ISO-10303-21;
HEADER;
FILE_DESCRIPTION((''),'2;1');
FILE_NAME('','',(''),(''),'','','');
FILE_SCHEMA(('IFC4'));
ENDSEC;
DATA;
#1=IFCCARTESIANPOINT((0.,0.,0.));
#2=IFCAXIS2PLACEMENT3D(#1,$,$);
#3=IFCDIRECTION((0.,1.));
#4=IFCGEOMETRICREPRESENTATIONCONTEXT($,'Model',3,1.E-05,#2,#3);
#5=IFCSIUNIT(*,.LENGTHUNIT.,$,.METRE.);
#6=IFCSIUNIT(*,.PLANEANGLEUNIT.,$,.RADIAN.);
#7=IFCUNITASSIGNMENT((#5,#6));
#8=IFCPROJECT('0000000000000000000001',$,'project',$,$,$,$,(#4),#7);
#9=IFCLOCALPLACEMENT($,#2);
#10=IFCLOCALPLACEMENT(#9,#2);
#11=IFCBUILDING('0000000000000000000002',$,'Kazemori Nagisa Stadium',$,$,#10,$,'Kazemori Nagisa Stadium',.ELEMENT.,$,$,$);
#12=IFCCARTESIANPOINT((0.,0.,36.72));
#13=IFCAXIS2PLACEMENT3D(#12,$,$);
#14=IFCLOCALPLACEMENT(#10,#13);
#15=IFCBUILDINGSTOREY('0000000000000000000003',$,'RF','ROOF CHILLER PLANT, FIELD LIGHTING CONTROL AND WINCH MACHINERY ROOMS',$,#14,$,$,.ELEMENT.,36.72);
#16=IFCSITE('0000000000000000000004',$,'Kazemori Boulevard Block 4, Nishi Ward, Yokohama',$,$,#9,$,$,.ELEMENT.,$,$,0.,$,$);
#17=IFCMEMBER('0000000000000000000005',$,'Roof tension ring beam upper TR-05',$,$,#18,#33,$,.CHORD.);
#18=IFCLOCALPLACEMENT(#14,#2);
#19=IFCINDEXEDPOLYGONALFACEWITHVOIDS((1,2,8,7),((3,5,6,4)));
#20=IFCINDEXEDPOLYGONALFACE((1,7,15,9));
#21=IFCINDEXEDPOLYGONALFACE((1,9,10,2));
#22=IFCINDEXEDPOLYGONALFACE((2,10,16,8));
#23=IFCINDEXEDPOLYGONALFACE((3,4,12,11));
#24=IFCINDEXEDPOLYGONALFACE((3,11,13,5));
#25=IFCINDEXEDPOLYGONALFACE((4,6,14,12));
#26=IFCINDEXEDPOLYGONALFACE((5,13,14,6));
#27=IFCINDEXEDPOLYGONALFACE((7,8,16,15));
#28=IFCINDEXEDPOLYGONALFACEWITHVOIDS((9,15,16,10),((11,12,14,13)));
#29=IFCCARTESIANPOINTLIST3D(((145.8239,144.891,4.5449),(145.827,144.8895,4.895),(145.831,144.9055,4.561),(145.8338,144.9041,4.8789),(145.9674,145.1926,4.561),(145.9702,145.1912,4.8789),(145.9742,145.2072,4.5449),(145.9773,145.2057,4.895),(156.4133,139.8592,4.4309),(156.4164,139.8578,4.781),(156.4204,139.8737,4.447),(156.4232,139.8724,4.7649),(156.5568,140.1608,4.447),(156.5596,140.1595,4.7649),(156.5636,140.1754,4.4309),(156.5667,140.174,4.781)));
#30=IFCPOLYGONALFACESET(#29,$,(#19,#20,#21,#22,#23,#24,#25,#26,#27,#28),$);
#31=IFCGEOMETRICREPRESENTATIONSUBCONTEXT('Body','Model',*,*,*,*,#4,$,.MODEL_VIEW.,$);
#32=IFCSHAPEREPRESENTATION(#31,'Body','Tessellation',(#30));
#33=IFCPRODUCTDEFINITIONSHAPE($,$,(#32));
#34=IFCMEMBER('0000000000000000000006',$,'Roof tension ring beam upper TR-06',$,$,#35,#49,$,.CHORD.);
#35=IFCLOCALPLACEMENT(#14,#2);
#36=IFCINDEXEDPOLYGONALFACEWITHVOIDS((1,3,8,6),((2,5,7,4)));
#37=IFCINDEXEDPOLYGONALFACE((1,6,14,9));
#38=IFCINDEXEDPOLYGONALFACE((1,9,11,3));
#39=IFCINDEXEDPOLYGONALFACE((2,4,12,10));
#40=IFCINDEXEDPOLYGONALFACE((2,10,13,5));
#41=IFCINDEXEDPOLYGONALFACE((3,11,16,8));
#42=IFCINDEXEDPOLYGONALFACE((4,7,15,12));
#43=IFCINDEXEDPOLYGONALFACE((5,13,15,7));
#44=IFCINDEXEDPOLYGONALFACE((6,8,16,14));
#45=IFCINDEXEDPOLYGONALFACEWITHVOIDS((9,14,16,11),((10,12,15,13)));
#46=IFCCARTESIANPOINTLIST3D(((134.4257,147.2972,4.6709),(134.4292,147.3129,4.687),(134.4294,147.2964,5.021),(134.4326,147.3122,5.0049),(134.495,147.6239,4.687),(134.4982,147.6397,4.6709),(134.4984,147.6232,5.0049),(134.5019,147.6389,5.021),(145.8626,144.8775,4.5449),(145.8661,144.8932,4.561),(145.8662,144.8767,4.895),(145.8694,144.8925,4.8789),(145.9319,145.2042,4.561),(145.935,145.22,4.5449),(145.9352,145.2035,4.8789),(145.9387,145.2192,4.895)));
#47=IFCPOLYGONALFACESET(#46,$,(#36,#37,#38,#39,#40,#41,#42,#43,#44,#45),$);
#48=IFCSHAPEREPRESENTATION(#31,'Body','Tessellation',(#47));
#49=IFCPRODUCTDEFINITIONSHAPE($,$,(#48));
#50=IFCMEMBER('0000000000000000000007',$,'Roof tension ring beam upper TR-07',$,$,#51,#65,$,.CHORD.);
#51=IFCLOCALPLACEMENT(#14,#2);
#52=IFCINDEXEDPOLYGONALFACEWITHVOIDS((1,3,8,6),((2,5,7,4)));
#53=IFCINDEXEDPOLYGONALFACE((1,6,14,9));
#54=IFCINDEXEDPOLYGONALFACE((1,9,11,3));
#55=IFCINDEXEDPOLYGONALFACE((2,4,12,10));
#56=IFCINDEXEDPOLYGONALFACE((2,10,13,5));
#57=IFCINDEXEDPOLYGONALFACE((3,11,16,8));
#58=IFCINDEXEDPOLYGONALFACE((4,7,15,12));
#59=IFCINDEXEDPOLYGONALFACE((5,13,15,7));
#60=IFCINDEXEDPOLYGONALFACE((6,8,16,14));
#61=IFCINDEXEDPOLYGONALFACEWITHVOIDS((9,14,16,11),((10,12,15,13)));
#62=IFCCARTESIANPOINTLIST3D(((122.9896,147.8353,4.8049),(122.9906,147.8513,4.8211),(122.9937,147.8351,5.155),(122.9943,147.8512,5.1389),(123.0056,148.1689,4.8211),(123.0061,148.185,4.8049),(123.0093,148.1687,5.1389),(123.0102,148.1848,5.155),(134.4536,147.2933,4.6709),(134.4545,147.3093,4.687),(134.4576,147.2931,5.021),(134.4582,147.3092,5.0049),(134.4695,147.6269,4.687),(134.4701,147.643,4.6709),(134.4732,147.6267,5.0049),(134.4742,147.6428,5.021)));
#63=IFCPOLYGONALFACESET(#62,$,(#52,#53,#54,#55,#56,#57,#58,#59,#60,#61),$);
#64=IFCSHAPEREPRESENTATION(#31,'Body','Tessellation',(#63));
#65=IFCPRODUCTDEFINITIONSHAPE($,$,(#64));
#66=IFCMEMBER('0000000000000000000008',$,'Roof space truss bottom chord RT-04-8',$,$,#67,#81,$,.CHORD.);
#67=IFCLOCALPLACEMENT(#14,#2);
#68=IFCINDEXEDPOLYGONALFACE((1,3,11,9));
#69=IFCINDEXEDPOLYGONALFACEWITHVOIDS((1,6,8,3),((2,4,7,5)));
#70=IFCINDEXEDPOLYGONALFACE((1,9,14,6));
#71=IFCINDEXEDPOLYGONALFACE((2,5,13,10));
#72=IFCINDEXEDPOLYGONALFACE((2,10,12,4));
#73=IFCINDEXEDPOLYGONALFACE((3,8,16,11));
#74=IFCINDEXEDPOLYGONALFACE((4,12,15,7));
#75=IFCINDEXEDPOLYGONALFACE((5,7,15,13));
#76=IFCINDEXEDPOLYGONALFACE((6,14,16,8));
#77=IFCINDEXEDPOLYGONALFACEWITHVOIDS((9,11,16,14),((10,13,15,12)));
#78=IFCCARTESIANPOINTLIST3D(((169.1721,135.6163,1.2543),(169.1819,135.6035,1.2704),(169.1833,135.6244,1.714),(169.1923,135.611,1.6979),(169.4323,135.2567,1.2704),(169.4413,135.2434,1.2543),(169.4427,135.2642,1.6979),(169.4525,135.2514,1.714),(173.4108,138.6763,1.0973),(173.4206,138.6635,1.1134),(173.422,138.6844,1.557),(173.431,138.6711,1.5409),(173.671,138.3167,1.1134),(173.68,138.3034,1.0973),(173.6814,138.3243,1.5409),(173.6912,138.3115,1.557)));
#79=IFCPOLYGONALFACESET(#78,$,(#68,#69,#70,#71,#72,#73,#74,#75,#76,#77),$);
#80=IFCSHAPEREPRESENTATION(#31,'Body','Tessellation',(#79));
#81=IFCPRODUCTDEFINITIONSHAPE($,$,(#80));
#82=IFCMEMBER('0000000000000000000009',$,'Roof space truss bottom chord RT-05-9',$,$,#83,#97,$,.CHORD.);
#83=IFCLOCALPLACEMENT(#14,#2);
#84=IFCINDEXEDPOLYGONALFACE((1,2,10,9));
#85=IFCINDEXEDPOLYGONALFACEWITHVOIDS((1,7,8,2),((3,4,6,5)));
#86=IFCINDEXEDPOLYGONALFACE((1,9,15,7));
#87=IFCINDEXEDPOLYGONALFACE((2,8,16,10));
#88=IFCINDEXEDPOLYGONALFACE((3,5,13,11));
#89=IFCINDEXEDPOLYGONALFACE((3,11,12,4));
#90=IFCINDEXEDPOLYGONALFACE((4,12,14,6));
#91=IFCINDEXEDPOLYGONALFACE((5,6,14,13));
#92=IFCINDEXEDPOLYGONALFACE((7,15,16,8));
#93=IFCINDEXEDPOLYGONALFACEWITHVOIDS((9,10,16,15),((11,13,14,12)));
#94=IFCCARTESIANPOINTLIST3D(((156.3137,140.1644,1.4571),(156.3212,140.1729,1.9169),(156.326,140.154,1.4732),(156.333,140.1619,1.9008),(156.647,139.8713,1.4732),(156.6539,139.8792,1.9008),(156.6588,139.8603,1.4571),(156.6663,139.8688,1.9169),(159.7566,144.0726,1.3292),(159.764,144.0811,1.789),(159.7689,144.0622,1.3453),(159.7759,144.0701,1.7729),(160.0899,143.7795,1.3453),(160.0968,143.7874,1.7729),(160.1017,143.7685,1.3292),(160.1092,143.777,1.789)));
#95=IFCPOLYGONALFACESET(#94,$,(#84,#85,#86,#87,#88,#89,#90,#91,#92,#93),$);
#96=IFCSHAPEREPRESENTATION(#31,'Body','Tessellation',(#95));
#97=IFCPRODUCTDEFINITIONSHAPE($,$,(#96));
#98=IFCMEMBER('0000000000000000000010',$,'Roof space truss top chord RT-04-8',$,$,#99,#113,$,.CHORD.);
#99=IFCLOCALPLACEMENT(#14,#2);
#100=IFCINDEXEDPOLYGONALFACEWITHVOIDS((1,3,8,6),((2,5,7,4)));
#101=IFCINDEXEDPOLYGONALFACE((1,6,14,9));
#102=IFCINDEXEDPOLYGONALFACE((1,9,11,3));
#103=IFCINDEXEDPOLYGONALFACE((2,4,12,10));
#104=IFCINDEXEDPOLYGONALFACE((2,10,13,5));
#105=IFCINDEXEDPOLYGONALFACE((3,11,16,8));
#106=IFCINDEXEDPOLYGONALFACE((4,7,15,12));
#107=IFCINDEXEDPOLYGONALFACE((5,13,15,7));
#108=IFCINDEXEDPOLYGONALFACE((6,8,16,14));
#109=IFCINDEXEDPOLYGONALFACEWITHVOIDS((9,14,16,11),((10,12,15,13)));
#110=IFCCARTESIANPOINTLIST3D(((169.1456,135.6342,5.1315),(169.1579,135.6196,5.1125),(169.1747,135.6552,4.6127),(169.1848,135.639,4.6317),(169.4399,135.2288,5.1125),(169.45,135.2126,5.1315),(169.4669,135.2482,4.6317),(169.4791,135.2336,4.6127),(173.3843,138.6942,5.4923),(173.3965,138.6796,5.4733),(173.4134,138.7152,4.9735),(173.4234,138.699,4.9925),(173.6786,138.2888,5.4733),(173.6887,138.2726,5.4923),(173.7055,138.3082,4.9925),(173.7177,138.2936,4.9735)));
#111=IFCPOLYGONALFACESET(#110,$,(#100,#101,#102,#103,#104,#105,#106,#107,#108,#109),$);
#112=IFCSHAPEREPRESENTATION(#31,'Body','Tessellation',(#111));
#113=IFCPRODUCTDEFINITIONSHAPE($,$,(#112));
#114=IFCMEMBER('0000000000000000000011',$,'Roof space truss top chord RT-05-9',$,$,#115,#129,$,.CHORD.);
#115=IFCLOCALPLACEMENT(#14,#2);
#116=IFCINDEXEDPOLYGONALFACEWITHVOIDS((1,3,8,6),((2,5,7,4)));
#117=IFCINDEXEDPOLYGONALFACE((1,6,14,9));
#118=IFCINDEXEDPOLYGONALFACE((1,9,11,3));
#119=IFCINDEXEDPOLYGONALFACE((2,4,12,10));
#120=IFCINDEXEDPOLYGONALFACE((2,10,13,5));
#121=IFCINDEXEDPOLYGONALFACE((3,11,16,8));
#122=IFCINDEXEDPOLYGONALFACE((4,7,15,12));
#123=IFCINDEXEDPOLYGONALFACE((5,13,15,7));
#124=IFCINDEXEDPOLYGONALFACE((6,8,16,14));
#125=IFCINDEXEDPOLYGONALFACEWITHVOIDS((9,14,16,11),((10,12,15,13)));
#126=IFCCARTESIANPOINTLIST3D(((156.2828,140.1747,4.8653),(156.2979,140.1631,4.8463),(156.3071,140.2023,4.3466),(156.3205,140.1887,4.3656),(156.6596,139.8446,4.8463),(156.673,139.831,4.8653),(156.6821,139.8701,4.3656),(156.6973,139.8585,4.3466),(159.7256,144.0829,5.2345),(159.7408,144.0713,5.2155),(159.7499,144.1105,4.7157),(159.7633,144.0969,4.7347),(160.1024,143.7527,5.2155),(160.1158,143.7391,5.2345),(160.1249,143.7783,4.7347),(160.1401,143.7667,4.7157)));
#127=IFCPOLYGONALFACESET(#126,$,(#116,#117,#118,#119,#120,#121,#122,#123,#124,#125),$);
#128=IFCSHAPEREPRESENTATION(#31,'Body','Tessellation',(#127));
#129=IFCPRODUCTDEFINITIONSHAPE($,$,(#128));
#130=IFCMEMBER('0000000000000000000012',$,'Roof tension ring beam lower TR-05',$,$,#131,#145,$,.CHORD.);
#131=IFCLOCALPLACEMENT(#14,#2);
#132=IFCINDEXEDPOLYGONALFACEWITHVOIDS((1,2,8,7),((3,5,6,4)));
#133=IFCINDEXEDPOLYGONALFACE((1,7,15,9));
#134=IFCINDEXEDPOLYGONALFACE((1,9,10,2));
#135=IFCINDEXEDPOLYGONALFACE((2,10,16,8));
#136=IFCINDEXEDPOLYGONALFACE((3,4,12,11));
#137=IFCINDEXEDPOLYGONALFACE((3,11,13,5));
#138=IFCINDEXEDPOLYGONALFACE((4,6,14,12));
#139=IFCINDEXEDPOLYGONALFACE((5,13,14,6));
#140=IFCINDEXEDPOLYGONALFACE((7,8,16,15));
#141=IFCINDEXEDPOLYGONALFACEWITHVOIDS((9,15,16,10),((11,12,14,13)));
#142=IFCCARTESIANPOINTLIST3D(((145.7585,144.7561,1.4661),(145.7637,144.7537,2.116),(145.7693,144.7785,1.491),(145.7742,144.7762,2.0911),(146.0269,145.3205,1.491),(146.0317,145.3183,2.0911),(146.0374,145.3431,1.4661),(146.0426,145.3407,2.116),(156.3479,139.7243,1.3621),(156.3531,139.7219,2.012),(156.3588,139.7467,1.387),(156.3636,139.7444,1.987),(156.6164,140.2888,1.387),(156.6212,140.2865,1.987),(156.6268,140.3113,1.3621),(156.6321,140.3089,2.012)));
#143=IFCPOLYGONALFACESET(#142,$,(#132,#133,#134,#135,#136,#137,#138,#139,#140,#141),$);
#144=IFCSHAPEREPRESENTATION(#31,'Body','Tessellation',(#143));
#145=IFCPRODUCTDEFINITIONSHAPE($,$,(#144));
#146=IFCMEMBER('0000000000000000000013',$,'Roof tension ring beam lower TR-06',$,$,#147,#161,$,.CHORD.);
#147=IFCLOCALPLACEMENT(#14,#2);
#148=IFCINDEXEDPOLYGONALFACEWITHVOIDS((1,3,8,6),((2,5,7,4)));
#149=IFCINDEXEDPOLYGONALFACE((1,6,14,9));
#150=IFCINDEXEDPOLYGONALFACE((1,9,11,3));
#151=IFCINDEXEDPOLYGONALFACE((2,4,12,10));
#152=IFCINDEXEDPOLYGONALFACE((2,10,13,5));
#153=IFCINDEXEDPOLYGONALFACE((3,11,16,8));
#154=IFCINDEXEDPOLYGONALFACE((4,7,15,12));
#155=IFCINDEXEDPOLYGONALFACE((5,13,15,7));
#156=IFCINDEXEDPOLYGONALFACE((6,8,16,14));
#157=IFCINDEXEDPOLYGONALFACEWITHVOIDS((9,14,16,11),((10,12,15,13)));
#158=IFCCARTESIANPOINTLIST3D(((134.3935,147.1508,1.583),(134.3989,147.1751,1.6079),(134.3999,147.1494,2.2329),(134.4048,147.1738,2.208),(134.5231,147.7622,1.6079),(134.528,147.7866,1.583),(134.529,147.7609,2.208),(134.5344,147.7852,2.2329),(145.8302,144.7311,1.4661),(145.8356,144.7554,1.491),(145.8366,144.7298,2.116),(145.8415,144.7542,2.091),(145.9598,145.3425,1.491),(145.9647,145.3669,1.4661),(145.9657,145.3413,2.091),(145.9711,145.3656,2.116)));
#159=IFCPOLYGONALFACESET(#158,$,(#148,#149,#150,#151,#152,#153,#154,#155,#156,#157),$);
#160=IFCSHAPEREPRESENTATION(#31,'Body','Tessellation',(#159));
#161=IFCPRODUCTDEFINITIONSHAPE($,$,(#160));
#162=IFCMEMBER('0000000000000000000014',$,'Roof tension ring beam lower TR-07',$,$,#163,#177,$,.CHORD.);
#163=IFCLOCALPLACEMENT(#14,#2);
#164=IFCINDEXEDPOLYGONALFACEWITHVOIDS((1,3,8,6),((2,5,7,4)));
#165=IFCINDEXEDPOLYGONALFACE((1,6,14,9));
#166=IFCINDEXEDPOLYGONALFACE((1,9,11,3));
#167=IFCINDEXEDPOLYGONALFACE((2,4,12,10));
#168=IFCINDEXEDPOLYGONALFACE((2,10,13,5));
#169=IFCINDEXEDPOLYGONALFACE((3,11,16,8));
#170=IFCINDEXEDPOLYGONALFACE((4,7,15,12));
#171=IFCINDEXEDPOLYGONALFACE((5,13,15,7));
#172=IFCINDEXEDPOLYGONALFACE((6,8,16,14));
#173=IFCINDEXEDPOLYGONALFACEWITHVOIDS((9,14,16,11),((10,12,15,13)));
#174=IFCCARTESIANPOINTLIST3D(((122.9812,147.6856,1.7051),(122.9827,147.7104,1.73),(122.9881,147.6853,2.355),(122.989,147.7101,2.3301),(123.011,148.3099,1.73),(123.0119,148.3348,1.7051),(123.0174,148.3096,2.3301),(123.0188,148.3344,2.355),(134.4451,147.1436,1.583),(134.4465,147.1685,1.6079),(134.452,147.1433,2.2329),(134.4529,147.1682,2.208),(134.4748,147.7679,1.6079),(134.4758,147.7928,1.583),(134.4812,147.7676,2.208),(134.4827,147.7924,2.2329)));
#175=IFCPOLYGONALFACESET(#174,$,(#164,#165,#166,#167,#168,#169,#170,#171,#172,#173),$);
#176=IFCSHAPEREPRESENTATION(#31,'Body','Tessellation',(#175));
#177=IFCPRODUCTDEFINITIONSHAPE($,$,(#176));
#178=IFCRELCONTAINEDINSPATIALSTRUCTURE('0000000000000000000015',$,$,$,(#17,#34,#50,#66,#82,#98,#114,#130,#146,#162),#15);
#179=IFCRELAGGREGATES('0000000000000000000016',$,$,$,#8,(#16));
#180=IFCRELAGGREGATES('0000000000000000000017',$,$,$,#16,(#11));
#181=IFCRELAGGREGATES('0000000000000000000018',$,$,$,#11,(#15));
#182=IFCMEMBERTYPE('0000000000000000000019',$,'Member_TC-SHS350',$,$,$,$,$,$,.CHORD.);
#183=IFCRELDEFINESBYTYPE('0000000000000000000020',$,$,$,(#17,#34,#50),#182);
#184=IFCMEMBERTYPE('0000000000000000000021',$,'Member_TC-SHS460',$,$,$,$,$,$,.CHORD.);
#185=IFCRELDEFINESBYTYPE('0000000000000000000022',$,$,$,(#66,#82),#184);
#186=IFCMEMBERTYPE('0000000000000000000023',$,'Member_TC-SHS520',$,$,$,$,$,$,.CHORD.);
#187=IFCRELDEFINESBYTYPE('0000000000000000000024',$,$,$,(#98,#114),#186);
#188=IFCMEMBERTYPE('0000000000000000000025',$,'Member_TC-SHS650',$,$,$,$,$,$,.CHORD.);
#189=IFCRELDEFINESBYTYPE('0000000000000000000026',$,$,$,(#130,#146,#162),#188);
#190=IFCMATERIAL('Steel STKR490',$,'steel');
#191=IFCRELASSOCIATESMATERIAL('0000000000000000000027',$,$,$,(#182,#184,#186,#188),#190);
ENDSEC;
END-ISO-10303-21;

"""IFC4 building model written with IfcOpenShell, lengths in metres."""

from ifc_helpers import new_model, si_unit, direction, frame, origin, origin_2d, place, context, subcontext, project, spatial, hollow_rectangle, extrude, material, material_profile, profile_set, type_object, element, save


model = new_model("IFC4")

# Units and contexts
model_context = context("Model", 3, precision=1e-05, world=origin(), true_north=direction((0.0, 1.0)))
body_context = subcontext(model_context, "Body", "Model", "MODEL_VIEW")
ifc_project = project(units=[si_unit("LENGTHUNIT", "METRE"), si_unit("PLANEANGLEUNIT", "RADIAN")], contexts=[model_context])

# Site, building, storey
site_placement = place(None, origin())
site = spatial("IfcSite", under=ifc_project, at=site_placement, Name="Kazemori Boulevard Block 4, Nishi Ward, Yokohama", CompositionType="ELEMENT", RefElevation=0.0)
building_placement = place(site_placement, origin())
building = spatial("IfcBuilding", under=site, at=building_placement, Name="Kazemori Nagisa Stadium", LongName="Kazemori Nagisa Stadium", CompositionType="ELEMENT")
storey_placement = place(building_placement, frame((0.0, 0.0, 36.72)))
storey = spatial("IfcBuildingStorey", under=building, at=storey_placement, Name="RF", Description="ROOF CHILLER PLANT, FIELD LIGHTING CONTROL AND WINCH MACHINERY ROOMS", CompositionType="ELEMENT", Elevation=36.72)

# Members
ifc_material = material(Name="Steel STKR490", Category="steel")
ifc_material_profile_1 = material_profile(ifc_material, hollow_rectangle(XDim=0.3501, YDim=0.3501, WallThickness=0.0161, at=origin_2d()), Name="SHS-350x350x16")
ifc_profile_set_1 = profile_set([ifc_material_profile_1], Name="Steel STKR490")
member_type_1 = type_object("IfcMemberType", Name="Member_TC-SHS350", PredefinedType="CHORD", material=ifc_profile_set_1)
member_1_placement = place(storey_placement, frame((156.49, 140.0166, 4.606), z_axis=(-0.903175, 0.429161, 0.009724), x_axis=(-0.429182, -0.903218, 0.0)))
element("IfcMember", 1, at=member_1_placement, inside=storey, type_object=member_type_1, Name="Roof tension ring beam upper TR-05", PredefinedType="CHORD", context=body_context, shape_type="SweptSolid", body=[
    extrude(hollow_rectangle(XDim=0.3501, YDim=0.3501, WallThickness=0.0161, at=origin_2d()), origin(), (0.0, 0.0, 1.0), 11.7246),
])
member_2_placement = place(storey_placement, frame((145.9006, 145.0483, 4.72), z_axis=(-0.978287, 0.206976, 0.010776), x_axis=(-0.206988, -0.978343, 0.0)))
element("IfcMember", 2, at=member_2_placement, inside=storey, type_object=member_type_1, Name="Roof tension ring beam upper TR-06", PredefinedType="CHORD", context=body_context, shape_type="SweptSolid", body=[
    extrude(hollow_rectangle(XDim=0.3501, YDim=0.3501, WallThickness=0.0161, at=origin_2d()), origin(), (0.0, 0.0, 1.0), 11.6907),
])
member_3_placement = place(storey_placement, frame((134.4639, 147.468, 4.8459), z_axis=(-0.998816, 0.047222, 0.011678), x_axis=(-0.047226, -0.998884, 0.0)))
element("IfcMember", 3, at=member_3_placement, inside=storey, type_object=member_type_1, Name="Roof tension ring beam upper TR-07", PredefinedType="CHORD", context=body_context, shape_type="SweptSolid", body=[
    extrude(hollow_rectangle(XDim=0.3501, YDim=0.3501, WallThickness=0.0161, at=origin_2d()), origin(), (0.0, 0.0, 1.0), 11.4775),
])
ifc_material_profile_2 = material_profile(ifc_material, hollow_rectangle(XDim=0.46, YDim=0.46, WallThickness=0.0161, at=origin_2d()), Name="SHS-460x460x16")
ifc_profile_set_2 = profile_set([ifc_material_profile_2], Name="Steel STKR490")
member_type_2 = type_object("IfcMemberType", Name="Member_TC-SHS460", PredefinedType="CHORD", material=ifc_profile_set_2)
member_4_placement = place(storey_placement, frame((173.551, 138.4939, 1.3271), z_axis=(-0.81043, -0.585067, 0.030014), x_axis=(0.58533, -0.810795, 0.0)))
element("IfcMember", 4, at=member_4_placement, inside=storey, type_object=member_type_2, Name="Roof space truss bottom chord RT-04-8", PredefinedType="CHORD", context=body_context, shape_type="SweptSolid", body=[
    extrude(hollow_rectangle(XDim=0.46, YDim=0.46, WallThickness=0.0161, at=origin_2d()), origin(), (0.0, 0.0, 1.0), 5.2302),
])
member_5_placement = place(storey_placement, frame((159.9329, 143.9248, 1.5591), z_axis=(-0.660824, -0.750139, 0.024555), x_axis=(0.750366, -0.661023, 0.0)))
element("IfcMember", 5, at=member_5_placement, inside=storey, type_object=member_type_2, Name="Roof space truss bottom chord RT-05-9", PredefinedType="CHORD", context=body_context, shape_type="SweptSolid", body=[
    extrude(hollow_rectangle(XDim=0.46, YDim=0.46, WallThickness=0.0161, at=origin_2d()), origin(), (0.0, 0.0, 1.0), 5.21),
])
ifc_material_profile_3 = material_profile(ifc_material, hollow_rectangle(XDim=0.52, YDim=0.52, WallThickness=0.019, at=origin_2d()), Name="SHS-520x520x19")
ifc_profile_set_3 = profile_set([ifc_material_profile_3], Name="Steel STKR490")
member_type_3 = type_object("IfcMemberType", Name="Member_TC-SHS520", PredefinedType="CHORD", material=ifc_profile_set_3)
member_6_placement = place(storey_placement, frame((173.551, 138.4939, 5.2329), z_axis=(-0.808871, -0.583941, -0.068858), x_axis=(0.58533, -0.810795, 0.0)))
element("IfcMember", 6, at=member_6_placement, inside=storey, type_object=member_type_3, Name="Roof space truss top chord RT-04-8", PredefinedType="CHORD", context=body_context, shape_type="SweptSolid", body=[
    extrude(hollow_rectangle(XDim=0.52, YDim=0.52, WallThickness=0.019, at=origin_2d()), origin(), (0.0, 0.0, 1.0), 5.2402),
])
member_7_placement = place(storey_placement, frame((159.9329, 143.9248, 4.9751), z_axis=(-0.659369, -0.748488, -0.070697), x_axis=(0.750366, -0.661023, 0.0)))
element("IfcMember", 7, at=member_7_placement, inside=storey, type_object=member_type_3, Name="Roof space truss top chord RT-05-9", PredefinedType="CHORD", context=body_context, shape_type="SweptSolid", body=[
    extrude(hollow_rectangle(XDim=0.52, YDim=0.52, WallThickness=0.019, at=origin_2d()), origin(), (0.0, 0.0, 1.0), 5.2214),
])
ifc_material_profile_4 = material_profile(ifc_material, hollow_rectangle(XDim=0.6499, YDim=0.6499, WallThickness=0.0249, at=origin_2d()), Name="SHS-650x650x25")
ifc_profile_set_4 = profile_set([ifc_material_profile_4], Name="Steel STKR490")
member_type_4 = type_object("IfcMemberType", Name="Member_TC-SHS650", PredefinedType="CHORD", material=ifc_profile_set_4)
member_8_placement = place(storey_placement, frame((156.49, 140.0166, 1.687), z_axis=(-0.903183, 0.429165, 0.008871), x_axis=(-0.429182, -0.903218, 0.0)))
element("IfcMember", 8, at=member_8_placement, inside=storey, type_object=member_type_4, Name="Roof tension ring beam lower TR-05", PredefinedType="CHORD", context=body_context, shape_type="SweptSolid", body=[
    extrude(hollow_rectangle(XDim=0.6499, YDim=0.6499, WallThickness=0.0249, at=origin_2d()), origin(), (0.0, 0.0, 1.0), 11.7246),
])
member_9_placement = place(storey_placement, frame((145.9006, 145.0483, 1.791), z_axis=(-0.978294, 0.206978, 0.010003), x_axis=(-0.206988, -0.978343, 0.0)))
element("IfcMember", 9, at=member_9_placement, inside=storey, type_object=member_type_4, Name="Roof tension ring beam lower TR-06", PredefinedType="CHORD", context=body_context, shape_type="SweptSolid", body=[
    extrude(hollow_rectangle(XDim=0.6499, YDim=0.6499, WallThickness=0.0249, at=origin_2d()), origin(), (0.0, 0.0, 1.0), 11.6904),
])
member_10_placement = place(storey_placement, frame((134.4639, 147.468, 1.908), z_axis=(-0.998828, 0.047223, 0.010636), x_axis=(-0.047226, -0.998884, 0.0)))
element("IfcMember", 10, at=member_10_placement, inside=storey, type_object=member_type_4, Name="Roof tension ring beam lower TR-07", PredefinedType="CHORD", context=body_context, shape_type="SweptSolid", body=[
    extrude(hollow_rectangle(XDim=0.6499, YDim=0.6499, WallThickness=0.0249, at=origin_2d()), origin(), (0.0, 0.0, 1.0), 11.4773),
])

save(model, "model.ifc")
